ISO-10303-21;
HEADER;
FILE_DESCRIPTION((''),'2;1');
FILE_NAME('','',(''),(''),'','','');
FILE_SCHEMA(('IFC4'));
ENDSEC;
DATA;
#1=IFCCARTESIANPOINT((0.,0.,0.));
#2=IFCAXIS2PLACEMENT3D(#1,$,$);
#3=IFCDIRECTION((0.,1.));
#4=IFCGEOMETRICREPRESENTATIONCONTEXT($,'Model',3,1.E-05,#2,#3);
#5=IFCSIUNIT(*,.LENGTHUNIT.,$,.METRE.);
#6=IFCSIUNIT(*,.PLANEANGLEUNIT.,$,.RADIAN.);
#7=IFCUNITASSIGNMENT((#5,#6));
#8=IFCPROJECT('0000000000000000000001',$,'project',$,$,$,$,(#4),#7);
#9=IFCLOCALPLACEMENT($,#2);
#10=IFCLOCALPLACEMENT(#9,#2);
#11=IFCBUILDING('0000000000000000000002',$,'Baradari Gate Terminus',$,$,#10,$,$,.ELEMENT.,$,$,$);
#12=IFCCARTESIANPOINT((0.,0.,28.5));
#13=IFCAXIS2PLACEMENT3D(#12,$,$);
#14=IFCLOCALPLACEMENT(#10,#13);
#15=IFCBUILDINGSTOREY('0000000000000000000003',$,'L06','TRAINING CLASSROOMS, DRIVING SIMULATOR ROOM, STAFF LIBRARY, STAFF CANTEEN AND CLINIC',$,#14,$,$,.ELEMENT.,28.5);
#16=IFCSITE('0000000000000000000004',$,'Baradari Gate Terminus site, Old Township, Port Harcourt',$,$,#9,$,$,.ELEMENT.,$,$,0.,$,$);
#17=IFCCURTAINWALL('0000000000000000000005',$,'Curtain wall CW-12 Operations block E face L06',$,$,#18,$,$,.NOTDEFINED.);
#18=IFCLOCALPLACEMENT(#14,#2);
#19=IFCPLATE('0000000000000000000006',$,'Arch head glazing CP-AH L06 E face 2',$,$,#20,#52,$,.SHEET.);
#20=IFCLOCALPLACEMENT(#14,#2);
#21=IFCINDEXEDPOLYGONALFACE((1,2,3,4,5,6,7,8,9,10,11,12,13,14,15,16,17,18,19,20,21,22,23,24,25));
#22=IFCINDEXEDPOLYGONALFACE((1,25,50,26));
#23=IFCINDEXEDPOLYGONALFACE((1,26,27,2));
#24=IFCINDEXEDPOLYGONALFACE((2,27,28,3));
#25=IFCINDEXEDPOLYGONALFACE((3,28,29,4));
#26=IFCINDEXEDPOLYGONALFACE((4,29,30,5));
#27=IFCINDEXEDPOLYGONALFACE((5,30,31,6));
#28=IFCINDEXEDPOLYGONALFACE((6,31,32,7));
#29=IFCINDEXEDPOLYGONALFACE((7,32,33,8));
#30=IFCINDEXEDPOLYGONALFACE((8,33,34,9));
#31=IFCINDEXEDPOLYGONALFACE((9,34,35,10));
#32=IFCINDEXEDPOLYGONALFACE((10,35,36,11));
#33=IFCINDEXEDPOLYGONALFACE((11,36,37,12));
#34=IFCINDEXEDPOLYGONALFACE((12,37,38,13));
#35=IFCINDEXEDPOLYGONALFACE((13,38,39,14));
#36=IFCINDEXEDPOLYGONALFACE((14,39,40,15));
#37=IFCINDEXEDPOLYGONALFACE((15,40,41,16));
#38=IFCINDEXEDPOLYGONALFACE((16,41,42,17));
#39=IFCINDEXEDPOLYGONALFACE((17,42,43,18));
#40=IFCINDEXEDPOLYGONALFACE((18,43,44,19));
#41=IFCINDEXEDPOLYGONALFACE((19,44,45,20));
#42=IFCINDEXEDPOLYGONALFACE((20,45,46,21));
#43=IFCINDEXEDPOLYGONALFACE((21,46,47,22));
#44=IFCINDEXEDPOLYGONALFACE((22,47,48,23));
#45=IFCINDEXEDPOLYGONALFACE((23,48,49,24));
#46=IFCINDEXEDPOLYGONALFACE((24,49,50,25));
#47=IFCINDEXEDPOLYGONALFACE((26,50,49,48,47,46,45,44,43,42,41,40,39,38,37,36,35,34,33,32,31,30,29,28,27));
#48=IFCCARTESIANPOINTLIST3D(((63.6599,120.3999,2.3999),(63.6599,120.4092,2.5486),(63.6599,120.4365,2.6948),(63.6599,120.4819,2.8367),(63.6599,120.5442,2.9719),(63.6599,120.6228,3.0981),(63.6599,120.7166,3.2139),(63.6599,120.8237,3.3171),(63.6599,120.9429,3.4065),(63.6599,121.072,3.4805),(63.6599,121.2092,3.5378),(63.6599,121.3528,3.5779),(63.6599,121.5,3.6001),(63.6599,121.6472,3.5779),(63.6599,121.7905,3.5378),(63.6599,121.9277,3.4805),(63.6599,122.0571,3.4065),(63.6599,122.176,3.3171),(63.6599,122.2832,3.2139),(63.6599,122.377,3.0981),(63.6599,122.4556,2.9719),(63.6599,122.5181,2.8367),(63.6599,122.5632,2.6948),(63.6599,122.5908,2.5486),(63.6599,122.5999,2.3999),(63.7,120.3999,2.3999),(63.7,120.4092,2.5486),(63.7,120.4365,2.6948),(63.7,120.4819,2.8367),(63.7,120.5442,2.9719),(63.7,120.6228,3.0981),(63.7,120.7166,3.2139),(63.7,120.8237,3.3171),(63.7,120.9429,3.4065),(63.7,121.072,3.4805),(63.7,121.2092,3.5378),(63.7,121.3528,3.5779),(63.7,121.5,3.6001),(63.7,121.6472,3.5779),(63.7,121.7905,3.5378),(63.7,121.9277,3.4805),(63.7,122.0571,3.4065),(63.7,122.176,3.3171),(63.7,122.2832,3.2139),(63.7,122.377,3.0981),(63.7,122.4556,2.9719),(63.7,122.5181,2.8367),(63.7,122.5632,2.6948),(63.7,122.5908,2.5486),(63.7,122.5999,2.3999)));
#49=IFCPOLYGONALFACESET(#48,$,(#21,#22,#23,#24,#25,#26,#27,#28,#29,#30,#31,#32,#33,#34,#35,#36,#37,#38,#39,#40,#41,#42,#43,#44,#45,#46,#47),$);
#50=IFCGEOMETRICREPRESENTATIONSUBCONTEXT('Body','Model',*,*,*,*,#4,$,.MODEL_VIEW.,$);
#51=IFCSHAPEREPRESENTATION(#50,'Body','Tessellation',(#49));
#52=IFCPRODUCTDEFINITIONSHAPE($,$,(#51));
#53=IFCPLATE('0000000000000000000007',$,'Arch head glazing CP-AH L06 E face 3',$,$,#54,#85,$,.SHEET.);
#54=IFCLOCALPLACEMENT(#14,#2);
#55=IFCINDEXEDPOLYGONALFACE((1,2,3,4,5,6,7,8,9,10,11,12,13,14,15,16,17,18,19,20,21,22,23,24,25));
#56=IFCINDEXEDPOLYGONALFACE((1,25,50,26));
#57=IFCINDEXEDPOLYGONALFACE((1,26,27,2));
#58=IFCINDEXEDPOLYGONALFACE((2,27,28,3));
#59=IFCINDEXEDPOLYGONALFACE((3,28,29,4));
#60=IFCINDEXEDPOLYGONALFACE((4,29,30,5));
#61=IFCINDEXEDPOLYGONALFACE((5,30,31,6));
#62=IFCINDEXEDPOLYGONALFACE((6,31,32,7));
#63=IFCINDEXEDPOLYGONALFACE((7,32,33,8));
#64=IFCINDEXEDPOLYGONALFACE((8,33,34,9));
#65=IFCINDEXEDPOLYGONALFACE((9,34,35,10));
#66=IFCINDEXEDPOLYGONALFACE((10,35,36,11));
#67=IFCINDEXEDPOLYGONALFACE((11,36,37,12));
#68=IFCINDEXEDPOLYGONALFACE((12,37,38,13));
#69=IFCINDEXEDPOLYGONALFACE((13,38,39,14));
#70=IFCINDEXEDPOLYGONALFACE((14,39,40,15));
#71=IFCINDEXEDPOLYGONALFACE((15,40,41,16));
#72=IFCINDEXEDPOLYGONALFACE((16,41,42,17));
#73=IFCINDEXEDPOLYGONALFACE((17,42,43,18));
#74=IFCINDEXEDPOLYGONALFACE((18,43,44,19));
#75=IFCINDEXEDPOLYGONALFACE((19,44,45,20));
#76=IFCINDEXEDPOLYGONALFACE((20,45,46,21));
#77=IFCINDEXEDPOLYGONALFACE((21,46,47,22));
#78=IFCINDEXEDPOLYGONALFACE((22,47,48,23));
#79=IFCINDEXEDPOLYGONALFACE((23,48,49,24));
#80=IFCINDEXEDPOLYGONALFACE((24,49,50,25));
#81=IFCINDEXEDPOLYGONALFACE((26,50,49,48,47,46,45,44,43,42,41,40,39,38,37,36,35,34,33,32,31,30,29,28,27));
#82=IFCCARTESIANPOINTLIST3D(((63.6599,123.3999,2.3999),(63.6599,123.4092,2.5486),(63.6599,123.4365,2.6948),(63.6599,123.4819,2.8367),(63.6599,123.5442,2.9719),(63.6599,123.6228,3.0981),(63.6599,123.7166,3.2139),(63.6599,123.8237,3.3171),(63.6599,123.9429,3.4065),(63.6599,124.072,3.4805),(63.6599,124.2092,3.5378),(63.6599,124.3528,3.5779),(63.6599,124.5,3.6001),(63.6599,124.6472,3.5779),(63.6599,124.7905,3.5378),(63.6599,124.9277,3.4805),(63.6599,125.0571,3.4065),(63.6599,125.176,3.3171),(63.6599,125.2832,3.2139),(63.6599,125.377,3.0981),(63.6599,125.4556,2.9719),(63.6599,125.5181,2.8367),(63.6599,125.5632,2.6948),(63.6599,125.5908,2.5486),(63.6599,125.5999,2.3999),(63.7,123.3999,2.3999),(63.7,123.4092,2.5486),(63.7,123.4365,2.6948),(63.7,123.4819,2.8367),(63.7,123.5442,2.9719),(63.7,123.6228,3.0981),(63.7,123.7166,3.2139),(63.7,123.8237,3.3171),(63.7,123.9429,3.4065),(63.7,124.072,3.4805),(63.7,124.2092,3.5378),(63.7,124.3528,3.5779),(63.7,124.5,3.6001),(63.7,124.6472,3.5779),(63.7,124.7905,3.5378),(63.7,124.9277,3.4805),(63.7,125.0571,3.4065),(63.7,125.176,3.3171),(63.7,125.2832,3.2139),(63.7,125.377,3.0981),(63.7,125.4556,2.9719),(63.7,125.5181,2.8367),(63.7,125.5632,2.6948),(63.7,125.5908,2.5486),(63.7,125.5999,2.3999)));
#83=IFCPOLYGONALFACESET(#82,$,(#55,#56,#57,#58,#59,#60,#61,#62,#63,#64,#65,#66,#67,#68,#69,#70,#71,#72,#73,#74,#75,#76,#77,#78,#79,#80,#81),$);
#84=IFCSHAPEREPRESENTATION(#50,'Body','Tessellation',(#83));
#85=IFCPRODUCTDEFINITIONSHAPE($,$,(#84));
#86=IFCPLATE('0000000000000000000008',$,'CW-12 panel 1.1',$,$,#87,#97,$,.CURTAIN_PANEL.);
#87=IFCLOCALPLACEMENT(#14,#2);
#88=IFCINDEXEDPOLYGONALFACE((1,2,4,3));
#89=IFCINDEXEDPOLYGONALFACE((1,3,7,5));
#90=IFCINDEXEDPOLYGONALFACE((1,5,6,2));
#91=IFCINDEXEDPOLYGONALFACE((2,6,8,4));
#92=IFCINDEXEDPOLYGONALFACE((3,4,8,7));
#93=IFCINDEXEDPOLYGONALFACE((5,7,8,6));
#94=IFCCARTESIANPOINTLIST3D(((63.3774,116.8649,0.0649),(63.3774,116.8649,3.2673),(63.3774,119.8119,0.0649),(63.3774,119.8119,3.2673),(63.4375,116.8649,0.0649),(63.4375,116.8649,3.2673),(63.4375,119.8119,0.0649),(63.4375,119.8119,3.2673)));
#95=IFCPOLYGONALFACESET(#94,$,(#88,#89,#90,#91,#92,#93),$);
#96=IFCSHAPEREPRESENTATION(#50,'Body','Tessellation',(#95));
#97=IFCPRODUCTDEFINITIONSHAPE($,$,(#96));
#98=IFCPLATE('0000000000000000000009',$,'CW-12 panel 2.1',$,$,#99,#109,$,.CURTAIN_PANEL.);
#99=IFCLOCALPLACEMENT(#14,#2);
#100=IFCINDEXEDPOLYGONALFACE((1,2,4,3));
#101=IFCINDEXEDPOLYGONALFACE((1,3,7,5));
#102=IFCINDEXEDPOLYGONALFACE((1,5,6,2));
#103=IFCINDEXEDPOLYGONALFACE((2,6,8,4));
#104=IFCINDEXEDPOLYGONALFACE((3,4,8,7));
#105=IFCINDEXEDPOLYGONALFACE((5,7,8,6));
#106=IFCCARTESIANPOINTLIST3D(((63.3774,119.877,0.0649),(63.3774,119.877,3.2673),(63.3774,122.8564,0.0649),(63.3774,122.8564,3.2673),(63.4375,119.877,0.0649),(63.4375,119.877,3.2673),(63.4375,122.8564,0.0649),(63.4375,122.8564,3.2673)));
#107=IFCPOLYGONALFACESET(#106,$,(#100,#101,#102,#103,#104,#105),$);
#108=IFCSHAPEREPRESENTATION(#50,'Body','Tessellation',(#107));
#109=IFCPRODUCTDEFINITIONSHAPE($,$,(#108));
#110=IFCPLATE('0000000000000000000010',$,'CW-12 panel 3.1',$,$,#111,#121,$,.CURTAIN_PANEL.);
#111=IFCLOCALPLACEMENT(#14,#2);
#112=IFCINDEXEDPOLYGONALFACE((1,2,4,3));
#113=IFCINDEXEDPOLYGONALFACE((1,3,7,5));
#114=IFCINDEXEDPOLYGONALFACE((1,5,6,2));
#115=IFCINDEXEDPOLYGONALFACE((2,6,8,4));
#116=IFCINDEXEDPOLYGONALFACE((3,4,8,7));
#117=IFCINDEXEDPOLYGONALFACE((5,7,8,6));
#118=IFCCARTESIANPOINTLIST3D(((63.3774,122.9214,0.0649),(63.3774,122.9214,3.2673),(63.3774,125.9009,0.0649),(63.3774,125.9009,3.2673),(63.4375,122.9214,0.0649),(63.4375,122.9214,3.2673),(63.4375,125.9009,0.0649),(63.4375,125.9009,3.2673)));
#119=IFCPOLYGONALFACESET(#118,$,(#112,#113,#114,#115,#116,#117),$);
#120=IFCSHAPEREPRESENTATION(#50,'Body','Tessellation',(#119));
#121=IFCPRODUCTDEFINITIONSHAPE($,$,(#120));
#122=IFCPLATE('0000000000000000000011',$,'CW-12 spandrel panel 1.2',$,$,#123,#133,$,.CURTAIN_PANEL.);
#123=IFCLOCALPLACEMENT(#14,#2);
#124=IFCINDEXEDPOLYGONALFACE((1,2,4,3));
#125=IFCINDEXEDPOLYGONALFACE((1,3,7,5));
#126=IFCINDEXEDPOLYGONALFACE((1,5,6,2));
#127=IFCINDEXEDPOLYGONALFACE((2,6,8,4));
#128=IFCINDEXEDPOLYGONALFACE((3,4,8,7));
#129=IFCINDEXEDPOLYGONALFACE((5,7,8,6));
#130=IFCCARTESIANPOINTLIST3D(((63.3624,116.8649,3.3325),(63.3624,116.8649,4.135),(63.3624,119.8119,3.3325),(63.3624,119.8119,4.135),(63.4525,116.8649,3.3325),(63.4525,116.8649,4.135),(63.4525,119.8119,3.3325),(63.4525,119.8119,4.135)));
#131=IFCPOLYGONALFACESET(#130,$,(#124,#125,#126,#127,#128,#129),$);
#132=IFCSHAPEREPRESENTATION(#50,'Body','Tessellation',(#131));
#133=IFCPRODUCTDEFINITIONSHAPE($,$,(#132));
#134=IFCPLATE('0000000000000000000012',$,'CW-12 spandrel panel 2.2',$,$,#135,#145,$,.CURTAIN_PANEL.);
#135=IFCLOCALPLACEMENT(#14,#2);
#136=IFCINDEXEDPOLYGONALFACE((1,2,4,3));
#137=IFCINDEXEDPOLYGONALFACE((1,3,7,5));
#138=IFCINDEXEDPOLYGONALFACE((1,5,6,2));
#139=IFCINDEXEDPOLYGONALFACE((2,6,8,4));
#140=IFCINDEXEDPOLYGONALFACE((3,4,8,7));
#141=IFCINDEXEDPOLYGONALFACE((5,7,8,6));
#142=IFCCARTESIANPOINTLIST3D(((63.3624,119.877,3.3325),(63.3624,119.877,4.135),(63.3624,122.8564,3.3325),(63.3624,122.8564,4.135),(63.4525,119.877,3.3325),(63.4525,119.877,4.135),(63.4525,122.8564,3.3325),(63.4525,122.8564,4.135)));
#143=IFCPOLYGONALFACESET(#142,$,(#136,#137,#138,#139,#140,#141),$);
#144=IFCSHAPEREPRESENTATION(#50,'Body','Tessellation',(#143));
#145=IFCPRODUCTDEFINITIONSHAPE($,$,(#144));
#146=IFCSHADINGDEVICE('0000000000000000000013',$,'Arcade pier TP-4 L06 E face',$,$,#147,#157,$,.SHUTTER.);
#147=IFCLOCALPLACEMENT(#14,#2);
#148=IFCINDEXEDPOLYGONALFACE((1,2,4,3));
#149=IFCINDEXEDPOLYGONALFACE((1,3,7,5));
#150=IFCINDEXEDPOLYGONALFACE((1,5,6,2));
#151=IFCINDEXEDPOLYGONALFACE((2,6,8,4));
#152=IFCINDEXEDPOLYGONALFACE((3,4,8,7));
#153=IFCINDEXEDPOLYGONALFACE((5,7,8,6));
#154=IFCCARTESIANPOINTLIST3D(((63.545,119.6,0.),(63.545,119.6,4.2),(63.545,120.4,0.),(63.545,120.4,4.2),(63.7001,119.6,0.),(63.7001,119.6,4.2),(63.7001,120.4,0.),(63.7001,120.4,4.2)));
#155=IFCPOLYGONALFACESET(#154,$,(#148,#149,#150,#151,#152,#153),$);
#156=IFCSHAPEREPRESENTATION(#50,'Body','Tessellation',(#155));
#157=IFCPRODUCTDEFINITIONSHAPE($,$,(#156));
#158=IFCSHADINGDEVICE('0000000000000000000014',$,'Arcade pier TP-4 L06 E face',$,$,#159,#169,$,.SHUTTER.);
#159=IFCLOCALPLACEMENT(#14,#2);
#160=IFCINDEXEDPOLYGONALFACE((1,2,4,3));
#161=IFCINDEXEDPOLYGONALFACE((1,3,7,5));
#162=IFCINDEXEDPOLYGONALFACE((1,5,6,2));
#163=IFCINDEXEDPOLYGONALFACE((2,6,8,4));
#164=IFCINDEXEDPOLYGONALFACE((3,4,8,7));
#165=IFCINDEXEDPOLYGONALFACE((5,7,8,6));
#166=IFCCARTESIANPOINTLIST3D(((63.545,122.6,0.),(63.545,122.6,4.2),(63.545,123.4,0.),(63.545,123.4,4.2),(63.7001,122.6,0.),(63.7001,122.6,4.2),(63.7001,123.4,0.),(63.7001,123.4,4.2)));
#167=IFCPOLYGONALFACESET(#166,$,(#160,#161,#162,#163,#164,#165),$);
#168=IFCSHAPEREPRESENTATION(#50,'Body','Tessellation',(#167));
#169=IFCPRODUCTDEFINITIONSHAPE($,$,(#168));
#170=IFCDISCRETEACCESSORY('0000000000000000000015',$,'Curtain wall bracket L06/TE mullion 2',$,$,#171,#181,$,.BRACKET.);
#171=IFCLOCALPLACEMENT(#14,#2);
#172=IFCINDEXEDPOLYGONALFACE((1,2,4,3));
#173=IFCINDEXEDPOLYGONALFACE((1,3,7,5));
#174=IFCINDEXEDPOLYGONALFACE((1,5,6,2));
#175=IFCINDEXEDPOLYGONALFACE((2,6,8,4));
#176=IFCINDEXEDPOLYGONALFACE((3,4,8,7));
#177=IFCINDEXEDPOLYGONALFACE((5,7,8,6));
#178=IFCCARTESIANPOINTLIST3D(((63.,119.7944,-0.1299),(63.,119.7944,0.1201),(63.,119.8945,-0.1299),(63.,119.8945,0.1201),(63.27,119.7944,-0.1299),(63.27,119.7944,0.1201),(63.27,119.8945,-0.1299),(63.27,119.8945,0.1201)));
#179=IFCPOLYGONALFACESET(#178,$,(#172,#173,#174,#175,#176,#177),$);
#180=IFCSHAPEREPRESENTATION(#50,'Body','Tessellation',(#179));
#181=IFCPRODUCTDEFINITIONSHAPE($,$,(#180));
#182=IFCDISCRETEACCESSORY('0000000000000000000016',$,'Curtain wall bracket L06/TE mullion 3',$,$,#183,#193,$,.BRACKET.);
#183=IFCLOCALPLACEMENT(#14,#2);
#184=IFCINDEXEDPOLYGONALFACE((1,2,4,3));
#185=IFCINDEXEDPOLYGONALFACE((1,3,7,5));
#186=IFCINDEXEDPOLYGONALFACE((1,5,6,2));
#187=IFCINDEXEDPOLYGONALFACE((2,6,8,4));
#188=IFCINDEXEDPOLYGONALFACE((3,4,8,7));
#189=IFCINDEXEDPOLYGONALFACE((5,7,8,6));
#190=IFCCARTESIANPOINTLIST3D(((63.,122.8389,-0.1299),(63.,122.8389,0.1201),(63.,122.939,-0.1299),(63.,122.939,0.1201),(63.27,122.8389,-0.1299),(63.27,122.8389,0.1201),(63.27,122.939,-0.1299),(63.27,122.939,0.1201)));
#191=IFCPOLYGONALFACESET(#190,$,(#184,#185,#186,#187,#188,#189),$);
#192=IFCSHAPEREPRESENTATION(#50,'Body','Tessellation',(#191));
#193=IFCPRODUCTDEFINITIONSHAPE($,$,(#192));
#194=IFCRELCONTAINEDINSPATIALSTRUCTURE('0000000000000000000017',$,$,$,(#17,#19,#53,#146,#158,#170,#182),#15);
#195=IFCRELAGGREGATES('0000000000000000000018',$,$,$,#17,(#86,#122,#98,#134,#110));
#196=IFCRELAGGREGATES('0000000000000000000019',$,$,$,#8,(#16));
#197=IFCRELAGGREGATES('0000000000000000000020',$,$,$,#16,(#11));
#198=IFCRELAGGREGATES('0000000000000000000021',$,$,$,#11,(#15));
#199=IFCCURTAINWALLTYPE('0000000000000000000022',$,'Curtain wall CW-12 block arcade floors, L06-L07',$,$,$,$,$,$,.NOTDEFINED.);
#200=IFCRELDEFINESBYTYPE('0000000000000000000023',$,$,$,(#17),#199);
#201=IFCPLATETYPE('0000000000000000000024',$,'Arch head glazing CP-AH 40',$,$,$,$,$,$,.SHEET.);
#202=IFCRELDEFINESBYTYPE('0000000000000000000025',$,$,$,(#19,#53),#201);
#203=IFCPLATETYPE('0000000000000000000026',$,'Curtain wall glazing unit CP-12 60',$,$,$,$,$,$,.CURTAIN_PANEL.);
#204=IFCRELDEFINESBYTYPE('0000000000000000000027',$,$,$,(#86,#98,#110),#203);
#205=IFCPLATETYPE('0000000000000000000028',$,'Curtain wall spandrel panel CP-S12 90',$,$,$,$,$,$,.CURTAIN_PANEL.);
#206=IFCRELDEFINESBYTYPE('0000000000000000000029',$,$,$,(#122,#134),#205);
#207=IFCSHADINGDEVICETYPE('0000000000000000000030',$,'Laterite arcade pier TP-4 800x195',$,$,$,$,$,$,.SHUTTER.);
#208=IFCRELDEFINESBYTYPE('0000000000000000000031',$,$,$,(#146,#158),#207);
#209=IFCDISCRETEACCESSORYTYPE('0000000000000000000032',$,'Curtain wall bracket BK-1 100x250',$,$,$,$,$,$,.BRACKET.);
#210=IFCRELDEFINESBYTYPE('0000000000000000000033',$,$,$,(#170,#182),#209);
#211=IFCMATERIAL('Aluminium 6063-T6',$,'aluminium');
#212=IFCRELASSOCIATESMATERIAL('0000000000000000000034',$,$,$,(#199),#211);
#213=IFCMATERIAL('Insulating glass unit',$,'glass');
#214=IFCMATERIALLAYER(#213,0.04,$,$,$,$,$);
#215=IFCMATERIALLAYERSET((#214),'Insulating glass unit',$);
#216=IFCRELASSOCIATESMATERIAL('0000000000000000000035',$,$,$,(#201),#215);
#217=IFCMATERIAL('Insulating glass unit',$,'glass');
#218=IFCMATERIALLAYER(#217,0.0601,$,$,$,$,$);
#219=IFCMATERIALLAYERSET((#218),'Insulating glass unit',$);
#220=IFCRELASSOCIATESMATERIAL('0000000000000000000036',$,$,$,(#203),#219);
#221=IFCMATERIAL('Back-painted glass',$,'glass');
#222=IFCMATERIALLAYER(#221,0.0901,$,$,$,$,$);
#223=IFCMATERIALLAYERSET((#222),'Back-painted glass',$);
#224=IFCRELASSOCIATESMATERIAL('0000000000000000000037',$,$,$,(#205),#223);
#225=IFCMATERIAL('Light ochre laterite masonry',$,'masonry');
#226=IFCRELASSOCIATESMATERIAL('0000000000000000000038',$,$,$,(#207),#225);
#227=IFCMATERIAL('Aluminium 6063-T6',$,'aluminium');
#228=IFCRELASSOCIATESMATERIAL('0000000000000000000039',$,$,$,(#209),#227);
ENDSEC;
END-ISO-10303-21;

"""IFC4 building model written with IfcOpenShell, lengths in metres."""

from ifc_helpers import new_model, si_unit, direction, frame, origin, origin_2d, place, context, subcontext, project, spatial, polyline, rectangle, outline, extrude, material, layer, layer_set, type_object, element, aggregate, save


model = new_model("IFC4")

# Units and contexts
model_context = context("Model", 3, precision=1e-05, world=origin(), true_north=direction((0.0, 1.0)))
body_context = subcontext(model_context, "Body", "Model", "MODEL_VIEW")
ifc_project = project(units=[si_unit("LENGTHUNIT", "METRE"), si_unit("PLANEANGLEUNIT", "RADIAN")], contexts=[model_context])

# Site, building, storey
site_placement = place(None, origin())
site = spatial("IfcSite", under=ifc_project, at=site_placement, Name="Baradari Gate Terminus site, Old Township, Port Harcourt", CompositionType="ELEMENT", RefElevation=0.0)
building_placement = place(site_placement, origin())
building = spatial("IfcBuilding", under=site, at=building_placement, Name="Baradari Gate Terminus", CompositionType="ELEMENT")
storey_placement = place(building_placement, frame((0.0, 0.0, 28.5)))
storey = spatial("IfcBuildingStorey", under=building, at=storey_placement, Name="L06", Description="TRAINING CLASSROOMS, DRIVING SIMULATOR ROOM, STAFF LIBRARY, STAFF CANTEEN AND CLINIC", CompositionType="ELEMENT", Elevation=28.5)

# Curtain wall
ifc_material_1 = material(Name="Aluminium 6063-T6", Category="aluminium")
curtain_wall_type = type_object("IfcCurtainWallType", Name="Curtain wall CW-12 block arcade floors, L06-L07", PredefinedType="NOTDEFINED", material=ifc_material_1)
curtain_wall_placement = place(storey_placement, origin())
curtain_wall = element("IfcCurtainWall", 1, at=curtain_wall_placement, inside=storey, type_object=curtain_wall_type, Name="Curtain wall CW-12 Operations block E face L06", PredefinedType="NOTDEFINED")

# Plates
ifc_material_2 = material(Name="Insulating glass unit", Category="glass")
ifc_layer_1 = layer(ifc_material_2, 0.04)
ifc_layer_set_1 = layer_set([ifc_layer_1], Name="Insulating glass unit")
plate_type_1 = type_object("IfcPlateType", Name="Arch head glazing CP-AH 40", PredefinedType="SHEET", material=ifc_layer_set_1)
for number, where, z_axis, x_axis, name in (
    (2, (63.6799, 120.3999, 2.3999), (0.0, 0.0, 1.0), (0.0, 1.0, 0.0), "Arch head glazing CP-AH L06 E face 2"),
    (3, (63.6799, 123.3999, 2.3999), (0.0, 0.0, 1.0), (0.0, 1.0, 0.0), "Arch head glazing CP-AH L06 E face 3"),
):
    element("IfcPlate", number, at=place(storey_placement, frame(where, z_axis=z_axis, x_axis=x_axis)), inside=storey, type_object=plate_type_1, Name=name, PredefinedType="SHEET", context=body_context, shape_type="SweptSolid", body=[
        extrude(outline(polyline([(0.0, 0.0), (2.2, 0.0), (2.1909, 0.1487), (2.1633, 0.2949), (2.1182, 0.4368), (2.0557, 0.572), (1.9771, 0.6982), (1.8833, 0.814), (1.7761, 0.9172), (1.6572, 1.0066), (1.5278, 1.0806), (1.3906, 1.1379), (1.2473, 1.178), (1.1001, 1.2002), (0.9529, 1.178), (0.8093, 1.1379), (0.6721, 1.0806), (0.543, 1.0066), (0.4238, 0.9172), (0.3167, 0.814), (0.2229, 0.6982), (0.1443, 0.572), (0.082, 0.4368), (0.0366, 0.2949), (0.0093, 0.1487), (0.0, 0.0)])), frame((0.0, 0.02, 0.0), z_axis=(0.0, -1.0, 0.0), x_axis=(1.0, 0.0, 0.0)), (0.0, 0.0, 1.0), 0.04),
    ])

# Plates
ifc_material_3 = material(Name="Insulating glass unit", Category="glass")
ifc_layer_2 = layer(ifc_material_3, 0.0601)
ifc_layer_set_2 = layer_set([ifc_layer_2], Name="Insulating glass unit")
plate_type_2 = type_object("IfcPlateType", Name="Curtain wall glazing unit CP-12 60", PredefinedType="CURTAIN_PANEL", material=ifc_layer_set_2)
plate_1_placement = place(storey_placement, frame((63.4075, 118.3384, 0.0649), z_axis=(0.0, 0.0, 1.0), x_axis=(0.0, 1.0, 0.0)))
plate_1 = element("IfcPlate", 4, at=plate_1_placement, type_object=plate_type_2, Name="CW-12 panel 1.1", PredefinedType="CURTAIN_PANEL", context=body_context, shape_type="SweptSolid", body=[
    extrude(rectangle(XDim=2.947, YDim=0.0601, at=origin_2d()), origin(), (0.0, 0.0, 1.0), 3.2024),
])
plate_2_placement = place(storey_placement, frame((63.4075, 121.3667, 0.0649), z_axis=(0.0, 0.0, 1.0), x_axis=(0.0, 1.0, 0.0)))
plate_2 = element("IfcPlate", 5, at=plate_2_placement, type_object=plate_type_2, Name="CW-12 panel 2.1", PredefinedType="CURTAIN_PANEL", context=body_context, shape_type="SweptSolid", body=[
    extrude(rectangle(XDim=2.9795, YDim=0.0601, at=origin_2d()), origin(), (0.0, 0.0, 1.0), 3.2024),
])
plate_3_placement = place(storey_placement, frame((63.4075, 124.4111, 0.0649), z_axis=(0.0, 0.0, 1.0), x_axis=(0.0, 1.0, 0.0)))
plate_3 = element("IfcPlate", 6, at=plate_3_placement, type_object=plate_type_2, Name="CW-12 panel 3.1", PredefinedType="CURTAIN_PANEL", context=body_context, shape_type="SweptSolid", body=[
    extrude(rectangle(XDim=2.9795, YDim=0.0601, at=origin_2d()), origin(), (0.0, 0.0, 1.0), 3.2024),
])
ifc_material_4 = material(Name="Back-painted glass", Category="glass")
ifc_layer_3 = layer(ifc_material_4, 0.0901)
ifc_layer_set_3 = layer_set([ifc_layer_3], Name="Back-painted glass")
plate_type_3 = type_object("IfcPlateType", Name="Curtain wall spandrel panel CP-S12 90", PredefinedType="CURTAIN_PANEL", material=ifc_layer_set_3)
plate_4_placement = place(storey_placement, frame((63.4075, 118.3384, 3.3325), z_axis=(0.0, 0.0, 1.0), x_axis=(0.0, 1.0, 0.0)))
plate_4 = element("IfcPlate", 7, at=plate_4_placement, type_object=plate_type_3, Name="CW-12 spandrel panel 1.2", PredefinedType="CURTAIN_PANEL", context=body_context, shape_type="SweptSolid", body=[
    extrude(rectangle(XDim=2.947, YDim=0.0901, at=origin_2d()), origin(), (0.0, 0.0, 1.0), 0.8025),
])
plate_5_placement = place(storey_placement, frame((63.4075, 121.3667, 3.3325), z_axis=(0.0, 0.0, 1.0), x_axis=(0.0, 1.0, 0.0)))
plate_5 = element("IfcPlate", 8, at=plate_5_placement, type_object=plate_type_3, Name="CW-12 spandrel panel 2.2", PredefinedType="CURTAIN_PANEL", context=body_context, shape_type="SweptSolid", body=[
    extrude(rectangle(XDim=2.9795, YDim=0.0901, at=origin_2d()), origin(), (0.0, 0.0, 1.0), 0.8025),
])
aggregate(curtain_wall, [plate_1, plate_4, plate_2, plate_5, plate_3])

# Shading devices
ifc_material_5 = material(Name="Light ochre laterite masonry", Category="masonry")
shading_device_type = type_object("IfcShadingDeviceType", Name="Laterite arcade pier TP-4 800x195", PredefinedType="SHUTTER", material=ifc_material_5)
for number, where, z_axis, x_axis, name in (
    (9, (63.6226, 120.0, 0.0), (0.0, 0.0, 1.0), (0.0, 1.0, 0.0), "Arcade pier TP-4 L06 E face"),
    (10, (63.6226, 123.0, 0.0), (0.0, 0.0, 1.0), (0.0, 1.0, 0.0), "Arcade pier TP-4 L06 E face"),
):
    element("IfcShadingDevice", number, at=place(storey_placement, frame(where, z_axis=z_axis, x_axis=x_axis)), inside=storey, type_object=shading_device_type, Name=name, PredefinedType="SHUTTER", context=body_context, shape_type="SweptSolid", body=[
        extrude(rectangle(XDim=0.8, YDim=0.155, at=origin_2d()), origin(), (0.0, 0.0, 1.0), 4.2),
    ])

# Discrete accessories
ifc_material_6 = material(Name="Aluminium 6063-T6", Category="aluminium")
discrete_accessory_type = type_object("IfcDiscreteAccessoryType", Name="Curtain wall bracket BK-1 100x250", PredefinedType="BRACKET", material=ifc_material_6)
for number, where, z_axis, x_axis, name in (
    (11, (63.135, 119.8445, -0.1299), (0.0, 0.0, 1.0), (1.0, 0.0, 0.0), "Curtain wall bracket L06/TE mullion 2"),
    (12, (63.135, 122.8889, -0.1299), (0.0, 0.0, 1.0), (1.0, 0.0, 0.0), "Curtain wall bracket L06/TE mullion 3"),
):
    element("IfcDiscreteAccessory", number, at=place(storey_placement, frame(where, z_axis=z_axis, x_axis=x_axis)), inside=storey, type_object=discrete_accessory_type, Name=name, PredefinedType="BRACKET", context=body_context, shape_type="SweptSolid", body=[
        extrude(rectangle(XDim=0.27, YDim=0.1001, at=origin_2d()), origin(), (0.0, 0.0, 1.0), 0.25),
    ])

save(model, "model.ifc")
